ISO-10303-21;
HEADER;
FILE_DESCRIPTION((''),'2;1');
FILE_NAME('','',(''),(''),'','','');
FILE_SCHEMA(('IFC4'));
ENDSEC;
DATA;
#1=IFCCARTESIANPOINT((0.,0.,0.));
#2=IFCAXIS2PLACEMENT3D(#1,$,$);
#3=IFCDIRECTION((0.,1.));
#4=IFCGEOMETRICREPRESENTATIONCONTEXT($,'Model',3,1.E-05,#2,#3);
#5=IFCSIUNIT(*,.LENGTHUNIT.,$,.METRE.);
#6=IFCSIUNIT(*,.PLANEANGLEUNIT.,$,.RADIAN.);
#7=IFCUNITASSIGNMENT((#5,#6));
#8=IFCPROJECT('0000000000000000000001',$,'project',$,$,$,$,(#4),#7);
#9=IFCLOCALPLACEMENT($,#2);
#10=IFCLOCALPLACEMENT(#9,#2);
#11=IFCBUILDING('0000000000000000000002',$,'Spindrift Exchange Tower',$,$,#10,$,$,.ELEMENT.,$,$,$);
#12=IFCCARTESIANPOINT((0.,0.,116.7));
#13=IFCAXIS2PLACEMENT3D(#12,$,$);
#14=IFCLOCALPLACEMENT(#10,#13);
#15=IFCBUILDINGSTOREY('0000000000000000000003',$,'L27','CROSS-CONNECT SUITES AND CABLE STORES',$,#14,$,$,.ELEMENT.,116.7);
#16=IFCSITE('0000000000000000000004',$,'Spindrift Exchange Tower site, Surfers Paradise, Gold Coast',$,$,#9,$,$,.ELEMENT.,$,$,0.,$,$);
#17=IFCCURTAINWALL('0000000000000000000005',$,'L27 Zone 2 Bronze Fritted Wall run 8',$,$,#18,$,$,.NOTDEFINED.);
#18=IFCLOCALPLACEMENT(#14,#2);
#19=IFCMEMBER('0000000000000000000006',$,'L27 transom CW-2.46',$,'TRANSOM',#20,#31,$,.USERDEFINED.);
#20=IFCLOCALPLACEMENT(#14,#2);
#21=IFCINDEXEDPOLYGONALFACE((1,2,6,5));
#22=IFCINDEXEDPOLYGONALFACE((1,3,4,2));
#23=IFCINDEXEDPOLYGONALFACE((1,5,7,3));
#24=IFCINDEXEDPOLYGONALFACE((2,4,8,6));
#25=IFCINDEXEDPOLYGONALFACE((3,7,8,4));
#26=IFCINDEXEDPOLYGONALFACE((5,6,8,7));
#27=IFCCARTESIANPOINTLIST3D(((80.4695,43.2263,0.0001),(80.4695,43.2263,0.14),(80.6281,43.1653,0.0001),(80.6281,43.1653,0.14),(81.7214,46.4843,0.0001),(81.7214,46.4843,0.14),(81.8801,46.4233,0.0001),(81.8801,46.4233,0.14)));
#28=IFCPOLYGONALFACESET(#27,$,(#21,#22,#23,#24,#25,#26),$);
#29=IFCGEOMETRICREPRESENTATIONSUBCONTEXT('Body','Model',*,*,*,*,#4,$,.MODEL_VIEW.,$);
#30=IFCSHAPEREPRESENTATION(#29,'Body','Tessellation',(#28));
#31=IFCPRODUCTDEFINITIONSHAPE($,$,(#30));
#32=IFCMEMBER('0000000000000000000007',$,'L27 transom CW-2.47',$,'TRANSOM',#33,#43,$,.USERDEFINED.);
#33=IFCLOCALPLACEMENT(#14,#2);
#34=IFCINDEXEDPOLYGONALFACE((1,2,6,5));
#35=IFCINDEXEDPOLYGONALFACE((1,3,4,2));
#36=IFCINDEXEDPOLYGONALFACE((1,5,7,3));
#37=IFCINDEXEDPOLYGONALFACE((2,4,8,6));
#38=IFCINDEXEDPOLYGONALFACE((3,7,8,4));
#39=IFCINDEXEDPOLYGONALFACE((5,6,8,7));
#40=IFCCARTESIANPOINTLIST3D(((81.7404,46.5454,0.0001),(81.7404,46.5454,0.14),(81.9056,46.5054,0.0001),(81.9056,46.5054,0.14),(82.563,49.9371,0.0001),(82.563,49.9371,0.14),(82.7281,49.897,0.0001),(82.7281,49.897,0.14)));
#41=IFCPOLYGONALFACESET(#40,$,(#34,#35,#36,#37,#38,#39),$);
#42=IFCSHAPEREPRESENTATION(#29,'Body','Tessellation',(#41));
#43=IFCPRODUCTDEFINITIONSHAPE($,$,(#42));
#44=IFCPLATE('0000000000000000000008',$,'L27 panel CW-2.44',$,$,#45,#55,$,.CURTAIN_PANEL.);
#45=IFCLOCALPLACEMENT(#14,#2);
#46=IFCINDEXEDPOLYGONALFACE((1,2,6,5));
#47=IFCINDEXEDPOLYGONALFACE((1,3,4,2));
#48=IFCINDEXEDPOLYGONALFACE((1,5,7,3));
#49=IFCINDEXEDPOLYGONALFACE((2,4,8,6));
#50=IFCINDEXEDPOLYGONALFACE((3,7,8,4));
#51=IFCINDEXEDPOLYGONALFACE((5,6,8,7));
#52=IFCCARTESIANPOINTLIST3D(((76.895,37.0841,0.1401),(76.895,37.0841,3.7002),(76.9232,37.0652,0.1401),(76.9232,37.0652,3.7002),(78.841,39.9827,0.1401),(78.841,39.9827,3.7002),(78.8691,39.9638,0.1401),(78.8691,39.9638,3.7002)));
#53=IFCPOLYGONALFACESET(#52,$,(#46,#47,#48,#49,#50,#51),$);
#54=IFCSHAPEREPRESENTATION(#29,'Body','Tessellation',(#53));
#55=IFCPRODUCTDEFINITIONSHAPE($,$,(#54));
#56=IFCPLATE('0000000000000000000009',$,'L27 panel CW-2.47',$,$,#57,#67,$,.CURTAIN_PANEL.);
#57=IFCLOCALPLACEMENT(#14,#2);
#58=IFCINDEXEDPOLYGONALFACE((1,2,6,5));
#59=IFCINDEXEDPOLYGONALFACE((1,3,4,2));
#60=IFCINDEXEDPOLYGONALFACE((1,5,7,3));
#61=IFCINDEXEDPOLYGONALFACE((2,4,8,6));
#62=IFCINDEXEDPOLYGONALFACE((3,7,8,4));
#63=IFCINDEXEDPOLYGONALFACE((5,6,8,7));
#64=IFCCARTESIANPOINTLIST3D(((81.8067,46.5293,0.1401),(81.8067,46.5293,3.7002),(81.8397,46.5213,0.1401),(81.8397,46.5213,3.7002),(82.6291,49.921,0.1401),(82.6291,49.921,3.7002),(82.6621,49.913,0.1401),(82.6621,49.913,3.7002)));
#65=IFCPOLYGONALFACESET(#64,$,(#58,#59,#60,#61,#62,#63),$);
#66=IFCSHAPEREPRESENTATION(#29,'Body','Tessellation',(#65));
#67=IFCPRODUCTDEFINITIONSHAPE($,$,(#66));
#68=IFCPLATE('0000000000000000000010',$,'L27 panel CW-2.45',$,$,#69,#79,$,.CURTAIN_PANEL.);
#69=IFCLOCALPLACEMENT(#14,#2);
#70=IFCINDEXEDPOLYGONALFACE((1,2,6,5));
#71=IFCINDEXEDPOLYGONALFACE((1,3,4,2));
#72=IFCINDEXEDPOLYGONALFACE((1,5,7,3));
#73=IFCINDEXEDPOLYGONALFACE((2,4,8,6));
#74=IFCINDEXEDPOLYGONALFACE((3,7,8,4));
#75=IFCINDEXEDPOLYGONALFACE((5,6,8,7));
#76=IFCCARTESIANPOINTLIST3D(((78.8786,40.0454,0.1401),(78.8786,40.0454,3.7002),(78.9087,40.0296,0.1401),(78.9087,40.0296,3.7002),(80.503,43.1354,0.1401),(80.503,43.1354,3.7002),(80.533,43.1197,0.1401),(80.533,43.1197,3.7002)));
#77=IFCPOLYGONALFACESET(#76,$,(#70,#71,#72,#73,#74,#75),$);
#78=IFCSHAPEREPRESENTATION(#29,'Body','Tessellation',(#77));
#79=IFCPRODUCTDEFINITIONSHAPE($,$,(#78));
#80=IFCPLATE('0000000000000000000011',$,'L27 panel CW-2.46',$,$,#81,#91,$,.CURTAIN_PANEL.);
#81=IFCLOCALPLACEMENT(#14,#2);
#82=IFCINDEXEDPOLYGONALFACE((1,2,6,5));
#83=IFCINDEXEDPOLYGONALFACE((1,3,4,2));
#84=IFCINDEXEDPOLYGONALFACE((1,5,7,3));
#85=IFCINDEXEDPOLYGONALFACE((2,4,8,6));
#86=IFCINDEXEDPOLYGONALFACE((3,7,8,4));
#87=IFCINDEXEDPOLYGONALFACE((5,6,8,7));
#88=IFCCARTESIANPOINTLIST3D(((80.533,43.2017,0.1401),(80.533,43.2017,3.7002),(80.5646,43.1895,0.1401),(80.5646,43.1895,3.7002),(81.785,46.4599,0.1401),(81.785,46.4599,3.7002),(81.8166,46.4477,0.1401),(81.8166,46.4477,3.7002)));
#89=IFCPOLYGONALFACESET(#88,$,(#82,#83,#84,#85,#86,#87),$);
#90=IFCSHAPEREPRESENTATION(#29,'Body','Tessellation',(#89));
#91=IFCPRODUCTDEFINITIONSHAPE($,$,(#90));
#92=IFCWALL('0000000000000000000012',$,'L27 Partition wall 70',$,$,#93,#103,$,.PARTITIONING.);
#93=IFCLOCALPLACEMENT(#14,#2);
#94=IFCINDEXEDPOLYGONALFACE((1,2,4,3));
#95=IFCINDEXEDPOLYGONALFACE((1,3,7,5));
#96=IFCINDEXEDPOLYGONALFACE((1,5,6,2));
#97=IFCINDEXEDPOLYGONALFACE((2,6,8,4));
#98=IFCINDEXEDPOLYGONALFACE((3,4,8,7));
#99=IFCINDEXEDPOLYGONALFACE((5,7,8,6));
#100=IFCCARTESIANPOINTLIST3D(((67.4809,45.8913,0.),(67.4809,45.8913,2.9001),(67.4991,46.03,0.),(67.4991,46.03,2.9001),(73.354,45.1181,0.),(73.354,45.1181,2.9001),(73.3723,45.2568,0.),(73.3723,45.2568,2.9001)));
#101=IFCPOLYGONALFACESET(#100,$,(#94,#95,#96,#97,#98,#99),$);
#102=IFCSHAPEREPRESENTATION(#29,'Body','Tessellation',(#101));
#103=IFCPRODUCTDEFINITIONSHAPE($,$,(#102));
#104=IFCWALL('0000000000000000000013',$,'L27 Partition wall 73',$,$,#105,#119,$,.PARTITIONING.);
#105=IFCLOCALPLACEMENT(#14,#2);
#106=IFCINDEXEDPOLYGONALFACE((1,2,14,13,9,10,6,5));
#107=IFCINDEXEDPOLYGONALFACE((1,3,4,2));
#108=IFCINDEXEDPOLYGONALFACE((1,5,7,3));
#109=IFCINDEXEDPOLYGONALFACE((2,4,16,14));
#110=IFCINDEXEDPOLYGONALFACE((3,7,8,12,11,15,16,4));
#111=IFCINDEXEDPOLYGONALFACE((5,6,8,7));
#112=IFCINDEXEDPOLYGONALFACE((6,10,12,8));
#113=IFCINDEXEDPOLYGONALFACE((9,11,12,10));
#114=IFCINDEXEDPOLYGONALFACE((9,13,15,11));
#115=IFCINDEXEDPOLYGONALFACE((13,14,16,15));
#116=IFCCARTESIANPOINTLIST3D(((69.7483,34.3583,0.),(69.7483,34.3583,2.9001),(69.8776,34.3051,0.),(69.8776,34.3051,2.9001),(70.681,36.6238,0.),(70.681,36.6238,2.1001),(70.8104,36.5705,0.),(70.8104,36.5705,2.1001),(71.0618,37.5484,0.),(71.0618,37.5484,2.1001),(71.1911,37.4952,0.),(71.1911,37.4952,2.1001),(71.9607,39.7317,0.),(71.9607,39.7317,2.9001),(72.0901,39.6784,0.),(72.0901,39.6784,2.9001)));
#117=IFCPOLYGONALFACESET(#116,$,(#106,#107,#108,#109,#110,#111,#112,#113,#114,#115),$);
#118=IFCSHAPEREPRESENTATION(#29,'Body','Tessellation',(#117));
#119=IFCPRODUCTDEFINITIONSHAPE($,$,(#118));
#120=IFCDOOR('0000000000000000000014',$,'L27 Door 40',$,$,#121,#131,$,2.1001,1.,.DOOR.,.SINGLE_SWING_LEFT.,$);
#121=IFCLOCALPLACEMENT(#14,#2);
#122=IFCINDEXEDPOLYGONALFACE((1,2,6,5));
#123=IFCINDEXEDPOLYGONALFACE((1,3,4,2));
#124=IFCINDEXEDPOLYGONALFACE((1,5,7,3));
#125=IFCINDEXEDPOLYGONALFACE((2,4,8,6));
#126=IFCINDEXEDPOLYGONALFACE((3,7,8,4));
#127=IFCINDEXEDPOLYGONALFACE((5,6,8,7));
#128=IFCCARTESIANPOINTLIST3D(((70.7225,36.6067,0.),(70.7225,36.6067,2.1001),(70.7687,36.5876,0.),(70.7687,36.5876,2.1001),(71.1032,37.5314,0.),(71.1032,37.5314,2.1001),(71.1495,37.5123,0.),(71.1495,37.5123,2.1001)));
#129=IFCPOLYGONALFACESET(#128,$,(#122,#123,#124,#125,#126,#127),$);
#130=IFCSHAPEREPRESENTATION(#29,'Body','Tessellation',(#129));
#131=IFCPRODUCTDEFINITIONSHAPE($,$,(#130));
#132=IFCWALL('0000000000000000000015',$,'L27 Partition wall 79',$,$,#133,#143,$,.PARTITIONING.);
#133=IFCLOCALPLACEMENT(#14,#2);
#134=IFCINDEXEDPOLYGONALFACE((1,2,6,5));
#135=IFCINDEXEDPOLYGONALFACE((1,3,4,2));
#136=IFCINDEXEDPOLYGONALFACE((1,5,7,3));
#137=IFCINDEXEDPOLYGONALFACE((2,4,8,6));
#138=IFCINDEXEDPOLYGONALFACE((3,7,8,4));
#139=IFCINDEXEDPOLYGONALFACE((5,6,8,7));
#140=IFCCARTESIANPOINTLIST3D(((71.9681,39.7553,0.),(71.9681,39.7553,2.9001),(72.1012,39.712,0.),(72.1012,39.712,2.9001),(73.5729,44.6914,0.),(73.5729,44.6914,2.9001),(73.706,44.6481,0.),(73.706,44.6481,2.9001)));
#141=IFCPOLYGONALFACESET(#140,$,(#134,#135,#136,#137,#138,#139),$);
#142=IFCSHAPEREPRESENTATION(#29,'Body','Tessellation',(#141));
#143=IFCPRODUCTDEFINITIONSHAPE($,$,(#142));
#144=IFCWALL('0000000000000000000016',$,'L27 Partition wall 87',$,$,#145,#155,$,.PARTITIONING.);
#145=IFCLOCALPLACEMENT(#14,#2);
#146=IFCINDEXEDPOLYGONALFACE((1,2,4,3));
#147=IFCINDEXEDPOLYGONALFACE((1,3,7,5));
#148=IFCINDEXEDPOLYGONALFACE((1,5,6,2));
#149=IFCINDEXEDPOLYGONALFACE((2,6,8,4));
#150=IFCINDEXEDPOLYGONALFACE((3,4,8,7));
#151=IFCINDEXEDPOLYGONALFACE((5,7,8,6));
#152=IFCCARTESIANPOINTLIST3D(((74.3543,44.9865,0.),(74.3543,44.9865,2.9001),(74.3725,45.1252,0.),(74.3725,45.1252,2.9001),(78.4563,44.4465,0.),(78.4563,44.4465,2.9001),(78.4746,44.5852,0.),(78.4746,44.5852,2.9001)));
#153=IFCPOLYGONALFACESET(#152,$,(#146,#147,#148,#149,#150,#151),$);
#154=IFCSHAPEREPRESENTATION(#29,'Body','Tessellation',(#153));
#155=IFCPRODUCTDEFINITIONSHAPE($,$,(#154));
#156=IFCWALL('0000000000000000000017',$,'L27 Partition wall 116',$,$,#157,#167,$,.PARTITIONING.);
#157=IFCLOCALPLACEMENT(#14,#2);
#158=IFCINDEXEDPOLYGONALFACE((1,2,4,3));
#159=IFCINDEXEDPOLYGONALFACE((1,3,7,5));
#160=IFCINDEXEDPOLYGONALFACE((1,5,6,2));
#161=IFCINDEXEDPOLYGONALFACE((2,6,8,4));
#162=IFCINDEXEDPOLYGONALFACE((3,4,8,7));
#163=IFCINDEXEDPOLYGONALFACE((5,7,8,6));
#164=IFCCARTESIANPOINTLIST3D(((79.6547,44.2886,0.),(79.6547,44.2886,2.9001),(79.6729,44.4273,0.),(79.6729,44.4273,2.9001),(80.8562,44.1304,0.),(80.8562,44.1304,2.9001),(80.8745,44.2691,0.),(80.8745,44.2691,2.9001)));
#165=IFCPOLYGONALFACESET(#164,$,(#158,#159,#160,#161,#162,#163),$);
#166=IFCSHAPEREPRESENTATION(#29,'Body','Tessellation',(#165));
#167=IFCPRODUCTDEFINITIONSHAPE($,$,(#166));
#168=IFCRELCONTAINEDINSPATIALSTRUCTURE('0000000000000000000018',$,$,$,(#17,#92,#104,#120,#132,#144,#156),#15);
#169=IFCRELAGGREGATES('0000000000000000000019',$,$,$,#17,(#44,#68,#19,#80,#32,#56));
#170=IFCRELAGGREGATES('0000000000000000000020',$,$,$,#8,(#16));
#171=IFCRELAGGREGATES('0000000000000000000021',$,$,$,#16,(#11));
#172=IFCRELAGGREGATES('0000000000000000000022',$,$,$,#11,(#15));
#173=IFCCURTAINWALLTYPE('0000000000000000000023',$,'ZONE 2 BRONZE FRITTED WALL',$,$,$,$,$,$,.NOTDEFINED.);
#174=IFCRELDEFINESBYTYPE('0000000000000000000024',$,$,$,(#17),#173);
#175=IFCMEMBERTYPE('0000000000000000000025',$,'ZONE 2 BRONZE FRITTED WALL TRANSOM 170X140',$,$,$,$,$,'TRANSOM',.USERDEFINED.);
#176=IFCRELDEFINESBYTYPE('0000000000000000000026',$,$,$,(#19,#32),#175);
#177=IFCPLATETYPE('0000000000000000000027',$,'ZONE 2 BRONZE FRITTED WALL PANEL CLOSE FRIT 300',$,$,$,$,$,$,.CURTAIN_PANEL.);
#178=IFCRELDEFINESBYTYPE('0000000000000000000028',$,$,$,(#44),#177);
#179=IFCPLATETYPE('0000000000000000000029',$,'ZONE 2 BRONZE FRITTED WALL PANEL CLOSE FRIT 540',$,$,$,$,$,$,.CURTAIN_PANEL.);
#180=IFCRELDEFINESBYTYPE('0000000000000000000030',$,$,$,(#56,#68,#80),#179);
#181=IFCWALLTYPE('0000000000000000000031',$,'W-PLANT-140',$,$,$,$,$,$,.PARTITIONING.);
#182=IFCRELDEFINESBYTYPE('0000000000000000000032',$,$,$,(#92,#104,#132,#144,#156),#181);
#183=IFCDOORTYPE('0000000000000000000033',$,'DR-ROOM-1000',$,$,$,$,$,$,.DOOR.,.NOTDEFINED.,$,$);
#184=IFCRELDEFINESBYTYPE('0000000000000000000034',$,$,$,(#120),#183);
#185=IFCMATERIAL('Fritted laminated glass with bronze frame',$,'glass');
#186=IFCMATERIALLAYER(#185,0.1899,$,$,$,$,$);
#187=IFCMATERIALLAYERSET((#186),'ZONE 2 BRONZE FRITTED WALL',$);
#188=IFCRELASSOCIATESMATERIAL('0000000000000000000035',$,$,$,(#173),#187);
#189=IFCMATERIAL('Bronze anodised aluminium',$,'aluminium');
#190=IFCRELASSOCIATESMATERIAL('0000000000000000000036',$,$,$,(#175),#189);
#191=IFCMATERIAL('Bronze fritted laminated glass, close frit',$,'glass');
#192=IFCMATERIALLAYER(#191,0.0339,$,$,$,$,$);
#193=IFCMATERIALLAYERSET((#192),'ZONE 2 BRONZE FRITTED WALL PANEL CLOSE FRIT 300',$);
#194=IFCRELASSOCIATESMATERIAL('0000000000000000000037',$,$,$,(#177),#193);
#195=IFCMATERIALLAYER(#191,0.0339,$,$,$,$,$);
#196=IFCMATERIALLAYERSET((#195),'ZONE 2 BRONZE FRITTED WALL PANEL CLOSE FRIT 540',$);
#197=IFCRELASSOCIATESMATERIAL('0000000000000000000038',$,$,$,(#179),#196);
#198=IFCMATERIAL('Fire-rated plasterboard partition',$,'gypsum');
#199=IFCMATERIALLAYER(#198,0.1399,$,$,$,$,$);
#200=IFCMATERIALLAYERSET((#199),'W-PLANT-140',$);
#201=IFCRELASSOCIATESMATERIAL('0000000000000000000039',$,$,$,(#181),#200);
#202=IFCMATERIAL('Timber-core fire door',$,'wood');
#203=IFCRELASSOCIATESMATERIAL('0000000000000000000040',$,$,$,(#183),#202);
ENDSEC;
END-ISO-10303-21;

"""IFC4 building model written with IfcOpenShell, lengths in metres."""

from ifc_helpers import new_model, si_unit, direction, frame, frame_2d, origin, origin_2d, place, context, subcontext, project, spatial, rectangle, extrude, source, transform, mapped, material, layer, layer_set, material_profile, profile_set, type_object, element, fill, aggregate, save


model = new_model("IFC4")

# Units and contexts
model_context = context("Model", 3, precision=1e-05, world=origin(), true_north=direction((0.0, 1.0)))
body_context = subcontext(model_context, "Body", "Model", "MODEL_VIEW")
ifc_project = project(units=[si_unit("LENGTHUNIT", "METRE"), si_unit("PLANEANGLEUNIT", "RADIAN")], contexts=[model_context])

# Site, building, storey
site_placement = place(None, origin())
site = spatial("IfcSite", under=ifc_project, at=site_placement, Name="Spindrift Exchange Tower site, Surfers Paradise, Gold Coast", CompositionType="ELEMENT", RefElevation=0.0)
building_placement = place(site_placement, origin())
building = spatial("IfcBuilding", under=site, at=building_placement, Name="Spindrift Exchange Tower", CompositionType="ELEMENT")
storey_placement = place(building_placement, frame((0.0, 0.0, 116.7)))
storey = spatial("IfcBuildingStorey", under=building, at=storey_placement, Name="L27", Description="CROSS-CONNECT SUITES AND CABLE STORES", CompositionType="ELEMENT", Elevation=116.7)

# Curtain wall, members, plates
ifc_material_1 = material(Name="Fritted laminated glass with bronze frame", Category="glass")
ifc_layer_1 = layer(ifc_material_1, 0.1899)
ifc_layer_set_1 = layer_set([ifc_layer_1], Name="ZONE 2 BRONZE FRITTED WALL")
curtain_wall_type = type_object("IfcCurtainWallType", Name="ZONE 2 BRONZE FRITTED WALL", PredefinedType="NOTDEFINED", material=ifc_layer_set_1)
curtain_wall_placement = place(storey_placement, origin())
curtain_wall = element("IfcCurtainWall", 1, at=curtain_wall_placement, inside=storey, type_object=curtain_wall_type, Name="L27 Zone 2 Bronze Fritted Wall run 8", PredefinedType="NOTDEFINED")
ifc_material_2 = material(Name="Bronze anodised aluminium", Category="aluminium")
ifc_material_profile_1 = material_profile(ifc_material_2, rectangle(XDim=0.1699, YDim=0.1399, at=origin_2d()), Name="ZONE 2 BRONZE FRITTED WALL TRANSOM 170X140")
ifc_profile_set_1 = profile_set([ifc_material_profile_1], Name="Bronze anodised aluminium")
member_type_1 = type_object("IfcMemberType", Name="ZONE 2 BRONZE FRITTED WALL TRANSOM 170X140", ElementType="TRANSOM", PredefinedType="USERDEFINED", material=ifc_profile_set_1)
shared_shape_1 = source(origin(), body_context, "Body", "SweptSolid", [
    extrude(rectangle(XDim=0.1699, YDim=0.1399, at=origin_2d()), origin(), (0.0, 0.0, 1.0), 3.4902),
])
member_1_placement = place(storey_placement, frame((80.5488, 43.1958, 0.0701), z_axis=(0.358693, 0.933456, 0.0), x_axis=(-0.933456, 0.358693, 0.0)))
member_1 = element("IfcMember", 2, at=member_1_placement, type_object=member_type_1, Name="L27 transom CW-2.46", ObjectType="TRANSOM", PredefinedType="USERDEFINED", context=body_context, shape_type="MappedRepresentation", body=[
    mapped(shared_shape_1, transform((0.0, 0.0, 0.0), scale=1.0)),
])
shared_shape_2 = source(origin(), body_context, "Body", "SweptSolid", [
    extrude(rectangle(XDim=0.1699, YDim=0.1399, at=origin_2d()), origin(), (0.0, 0.0, 1.0), 3.49),
])
member_2_placement = place(storey_placement, frame((81.823, 46.5254, 0.0701), z_axis=(0.235682, 0.97183, 0.0), x_axis=(-0.97183, 0.235682, 0.0)))
member_2 = element("IfcMember", 3, at=member_2_placement, type_object=member_type_1, Name="L27 transom CW-2.47", ObjectType="TRANSOM", PredefinedType="USERDEFINED", context=body_context, shape_type="MappedRepresentation", body=[
    mapped(shared_shape_2, transform((0.0, 0.0, 0.0), scale=1.0)),
])
ifc_material_3 = material(Name="Bronze fritted laminated glass, close frit", Category="glass")
ifc_layer_2 = layer(ifc_material_3, 0.0339)
ifc_layer_set_2 = layer_set([ifc_layer_2], Name="ZONE 2 BRONZE FRITTED WALL PANEL CLOSE FRIT 300")
plate_type_1 = type_object("IfcPlateType", Name="ZONE 2 BRONZE FRITTED WALL PANEL CLOSE FRIT 300", PredefinedType="CURTAIN_PANEL", material=ifc_layer_set_2)
shared_shape_3 = source(origin(), body_context, "Body", "SweptSolid", [
    extrude(rectangle(XDim=3.4912, YDim=0.0339, at=origin_2d()), origin(), (0.0, 0.0, 1.0), 3.5601),
])
plate_1_placement = place(storey_placement, frame((77.8821, 38.5239, 0.1401), z_axis=(0.0, 0.0, 1.0), x_axis=(0.557383, 0.830256, 0.0)))
plate_1 = element("IfcPlate", 4, at=plate_1_placement, type_object=plate_type_1, Name="L27 panel CW-2.44", PredefinedType="CURTAIN_PANEL", context=body_context, shape_type="MappedRepresentation", body=[
    mapped(shared_shape_3, transform((0.0, 0.0, 0.0), scale=1.0)),
])
ifc_layer_3 = layer(ifc_material_3, 0.0339)
ifc_layer_set_3 = layer_set([ifc_layer_3], Name="ZONE 2 BRONZE FRITTED WALL PANEL CLOSE FRIT 540")
plate_type_2 = type_object("IfcPlateType", Name="ZONE 2 BRONZE FRITTED WALL PANEL CLOSE FRIT 540", PredefinedType="CURTAIN_PANEL", material=ifc_layer_set_3)
shared_shape_4 = source(origin(), body_context, "Body", "SweptSolid", [
    extrude(rectangle(XDim=3.49, YDim=0.0339, at=origin_2d()), origin(), (0.0, 0.0, 1.0), 3.5601),
])
plate_2_placement = place(storey_placement, frame((82.2344, 48.2212, 0.1401), z_axis=(0.0, 0.0, 1.0), x_axis=(0.235653, 0.971837, 0.0)))
plate_2 = element("IfcPlate", 5, at=plate_2_placement, type_object=plate_type_2, Name="L27 panel CW-2.47", PredefinedType="CURTAIN_PANEL", context=body_context, shape_type="MappedRepresentation", body=[
    mapped(shared_shape_4, transform((0.0, 0.0, 0.0), scale=1.0)),
])
shared_shape_5 = source(origin(), body_context, "Body", "SweptSolid", [
    extrude(rectangle(XDim=3.491, YDim=0.0339, at=origin_2d()), origin(), (0.0, 0.0, 1.0), 3.5601),
])
plate_3_placement = place(storey_placement, frame((79.7058, 41.5825, 0.1401), z_axis=(0.0, 0.0, 1.0), x_axis=(0.465293, 0.885157, 0.0)))
plate_3 = element("IfcPlate", 6, at=plate_3_placement, type_object=plate_type_2, Name="L27 panel CW-2.45", PredefinedType="CURTAIN_PANEL", context=body_context, shape_type="MappedRepresentation", body=[
    mapped(shared_shape_5, transform((0.0, 0.0, 0.0), scale=1.0)),
])
shared_shape_6 = source(origin(), body_context, "Body", "SweptSolid", [
    extrude(rectangle(XDim=3.4905, YDim=0.0339, at=origin_2d()), origin(), (0.0, 0.0, 1.0), 3.5601),
])
plate_4_placement = place(storey_placement, frame((81.1748, 44.8247, 0.1401), z_axis=(0.0, 0.0, 1.0), x_axis=(0.358692, 0.933456, 0.0)))
plate_4 = element("IfcPlate", 7, at=plate_4_placement, type_object=plate_type_2, Name="L27 panel CW-2.46", PredefinedType="CURTAIN_PANEL", context=body_context, shape_type="MappedRepresentation", body=[
    mapped(shared_shape_6, transform((0.0, 0.0, 0.0), scale=1.0)),
])
aggregate(curtain_wall, [plate_1, plate_3, member_1, plate_4, member_2, plate_2])

# Wall
ifc_material_4 = material(Name="Fire-rated plasterboard partition", Category="gypsum")
ifc_layer_4 = layer(ifc_material_4, 0.1399)
ifc_layer_set_4 = layer_set([ifc_layer_4], Name="W-PLANT-140")
wall_type = type_object("IfcWallType", Name="W-PLANT-140", PredefinedType="PARTITIONING", material=ifc_layer_set_4)
wall_1_placement = place(storey_placement, frame((67.49, 45.9607, 0.0), z_axis=(0.0, 0.0, 1.0), x_axis=(0.991445, -0.130525, 0.0)))
element("IfcWall", 8, at=wall_1_placement, inside=storey, type_object=wall_type, Name="L27 Partition wall 70", PredefinedType="PARTITIONING", context=body_context, shape_type="SweptSolid", body=[
    extrude(rectangle(XDim=5.9238, YDim=0.1399, at=frame_2d((2.9619, 0.0))), origin(), (0.0, 0.0, 1.0), 2.9001),
])

# Wall, opening, door
wall_2_placement = place(storey_placement, frame((72.0254, 39.7051, 0.0), z_axis=(0.0, 0.0, 1.0), x_axis=(-0.380731, -0.924686, 0.0)))
wall_2 = element("IfcWall", 9, at=wall_2_placement, inside=storey, type_object=wall_type, Name="L27 Partition wall 73", PredefinedType="PARTITIONING", context=body_context, shape_type="SweptSolid", body=[
    extrude(rectangle(XDim=5.811, YDim=0.1399, at=frame_2d((2.9055, 0.0))), origin(), (0.0, 0.0, 1.0), 2.9001),
])
opening_placement = place(wall_2_placement, frame((2.3611, 0.0, 0.0)))
opening = element("IfcOpeningElement", 10, at=opening_placement, cuts=wall_2, PredefinedType="OPENING", context=body_context, shape_type="SweptSolid", body=[
    extrude(rectangle(XDim=1.0, YDim=2.1001, at=frame_2d((0.5, 1.05))), frame((0.0, 0.0798, 0.0), z_axis=(0.0, -1.0, 0.0), x_axis=(1.0, 0.0, 0.0)), (0.0, 0.0, 1.0), 0.1599),
])
ifc_material_5 = material(Name="Timber-core fire door", Category="wood")
door_type = type_object("IfcDoorType", Name="DR-ROOM-1000", OperationType="NOTDEFINED", PredefinedType="DOOR", material=ifc_material_5)
shared_shape_7 = source(origin(), body_context, "Body", "SweptSolid", [
    extrude(rectangle(XDim=1.0, YDim=2.1001, at=frame_2d((0.5, 1.05))), frame((0.0, 0.0249, 0.0), z_axis=(0.0, -1.0, 0.0), x_axis=(1.0, 0.0, 0.0)), (0.0, 0.0, 1.0), 0.05),
])
door_placement = place(opening_placement, origin())
door = element("IfcDoor", 11, at=door_placement, inside=storey, type_object=door_type, Name="L27 Door 40", OperationType="SINGLE_SWING_LEFT", OverallHeight=2.1001, OverallWidth=1.0, PredefinedType="DOOR", context=body_context, shape_type="MappedRepresentation", body=[
    mapped(shared_shape_7, transform((0.0, 0.0, 0.0), scale=1.0)),
])
fill(opening, door)

# Walls
wall_3_placement = place(storey_placement, frame((72.0347, 39.7336, 0.0), z_axis=(0.0, 0.0, 1.0), x_axis=(0.309178, 0.951004, 0.0)))
element("IfcWall", 12, at=wall_3_placement, inside=storey, type_object=wall_type, Name="L27 Partition wall 79", PredefinedType="PARTITIONING", context=body_context, shape_type="SweptSolid", body=[
    extrude(rectangle(XDim=5.1904, YDim=0.1399, at=frame_2d((2.5952, 0.0))), origin(), (0.0, 0.0, 1.0), 2.9001),
])
wall_4_placement = place(storey_placement, frame((74.3633, 45.0559, 0.0), z_axis=(0.0, 0.0, 1.0), x_axis=(0.991445, -0.130525, 0.0)))
element("IfcWall", 13, at=wall_4_placement, inside=storey, type_object=wall_type, Name="L27 Partition wall 87", PredefinedType="PARTITIONING", context=body_context, shape_type="SweptSolid", body=[
    extrude(rectangle(XDim=4.1375, YDim=0.1399, at=frame_2d((2.0688, 0.0))), origin(), (0.0, 0.0, 1.0), 2.9001),
])
wall_5_placement = place(storey_placement, frame((79.6638, 44.3579, 0.0), z_axis=(0.0, 0.0, 1.0), x_axis=(0.991445, -0.130527, 0.0)))
element("IfcWall", 14, at=wall_5_placement, inside=storey, type_object=wall_type, Name="L27 Partition wall 116", PredefinedType="PARTITIONING", context=body_context, shape_type="SweptSolid", body=[
    extrude(rectangle(XDim=1.2119, YDim=0.1399, at=frame_2d((0.606, 0.0))), origin(), (0.0, 0.0, 1.0), 2.9001),
])

save(model, "model.ifc")
